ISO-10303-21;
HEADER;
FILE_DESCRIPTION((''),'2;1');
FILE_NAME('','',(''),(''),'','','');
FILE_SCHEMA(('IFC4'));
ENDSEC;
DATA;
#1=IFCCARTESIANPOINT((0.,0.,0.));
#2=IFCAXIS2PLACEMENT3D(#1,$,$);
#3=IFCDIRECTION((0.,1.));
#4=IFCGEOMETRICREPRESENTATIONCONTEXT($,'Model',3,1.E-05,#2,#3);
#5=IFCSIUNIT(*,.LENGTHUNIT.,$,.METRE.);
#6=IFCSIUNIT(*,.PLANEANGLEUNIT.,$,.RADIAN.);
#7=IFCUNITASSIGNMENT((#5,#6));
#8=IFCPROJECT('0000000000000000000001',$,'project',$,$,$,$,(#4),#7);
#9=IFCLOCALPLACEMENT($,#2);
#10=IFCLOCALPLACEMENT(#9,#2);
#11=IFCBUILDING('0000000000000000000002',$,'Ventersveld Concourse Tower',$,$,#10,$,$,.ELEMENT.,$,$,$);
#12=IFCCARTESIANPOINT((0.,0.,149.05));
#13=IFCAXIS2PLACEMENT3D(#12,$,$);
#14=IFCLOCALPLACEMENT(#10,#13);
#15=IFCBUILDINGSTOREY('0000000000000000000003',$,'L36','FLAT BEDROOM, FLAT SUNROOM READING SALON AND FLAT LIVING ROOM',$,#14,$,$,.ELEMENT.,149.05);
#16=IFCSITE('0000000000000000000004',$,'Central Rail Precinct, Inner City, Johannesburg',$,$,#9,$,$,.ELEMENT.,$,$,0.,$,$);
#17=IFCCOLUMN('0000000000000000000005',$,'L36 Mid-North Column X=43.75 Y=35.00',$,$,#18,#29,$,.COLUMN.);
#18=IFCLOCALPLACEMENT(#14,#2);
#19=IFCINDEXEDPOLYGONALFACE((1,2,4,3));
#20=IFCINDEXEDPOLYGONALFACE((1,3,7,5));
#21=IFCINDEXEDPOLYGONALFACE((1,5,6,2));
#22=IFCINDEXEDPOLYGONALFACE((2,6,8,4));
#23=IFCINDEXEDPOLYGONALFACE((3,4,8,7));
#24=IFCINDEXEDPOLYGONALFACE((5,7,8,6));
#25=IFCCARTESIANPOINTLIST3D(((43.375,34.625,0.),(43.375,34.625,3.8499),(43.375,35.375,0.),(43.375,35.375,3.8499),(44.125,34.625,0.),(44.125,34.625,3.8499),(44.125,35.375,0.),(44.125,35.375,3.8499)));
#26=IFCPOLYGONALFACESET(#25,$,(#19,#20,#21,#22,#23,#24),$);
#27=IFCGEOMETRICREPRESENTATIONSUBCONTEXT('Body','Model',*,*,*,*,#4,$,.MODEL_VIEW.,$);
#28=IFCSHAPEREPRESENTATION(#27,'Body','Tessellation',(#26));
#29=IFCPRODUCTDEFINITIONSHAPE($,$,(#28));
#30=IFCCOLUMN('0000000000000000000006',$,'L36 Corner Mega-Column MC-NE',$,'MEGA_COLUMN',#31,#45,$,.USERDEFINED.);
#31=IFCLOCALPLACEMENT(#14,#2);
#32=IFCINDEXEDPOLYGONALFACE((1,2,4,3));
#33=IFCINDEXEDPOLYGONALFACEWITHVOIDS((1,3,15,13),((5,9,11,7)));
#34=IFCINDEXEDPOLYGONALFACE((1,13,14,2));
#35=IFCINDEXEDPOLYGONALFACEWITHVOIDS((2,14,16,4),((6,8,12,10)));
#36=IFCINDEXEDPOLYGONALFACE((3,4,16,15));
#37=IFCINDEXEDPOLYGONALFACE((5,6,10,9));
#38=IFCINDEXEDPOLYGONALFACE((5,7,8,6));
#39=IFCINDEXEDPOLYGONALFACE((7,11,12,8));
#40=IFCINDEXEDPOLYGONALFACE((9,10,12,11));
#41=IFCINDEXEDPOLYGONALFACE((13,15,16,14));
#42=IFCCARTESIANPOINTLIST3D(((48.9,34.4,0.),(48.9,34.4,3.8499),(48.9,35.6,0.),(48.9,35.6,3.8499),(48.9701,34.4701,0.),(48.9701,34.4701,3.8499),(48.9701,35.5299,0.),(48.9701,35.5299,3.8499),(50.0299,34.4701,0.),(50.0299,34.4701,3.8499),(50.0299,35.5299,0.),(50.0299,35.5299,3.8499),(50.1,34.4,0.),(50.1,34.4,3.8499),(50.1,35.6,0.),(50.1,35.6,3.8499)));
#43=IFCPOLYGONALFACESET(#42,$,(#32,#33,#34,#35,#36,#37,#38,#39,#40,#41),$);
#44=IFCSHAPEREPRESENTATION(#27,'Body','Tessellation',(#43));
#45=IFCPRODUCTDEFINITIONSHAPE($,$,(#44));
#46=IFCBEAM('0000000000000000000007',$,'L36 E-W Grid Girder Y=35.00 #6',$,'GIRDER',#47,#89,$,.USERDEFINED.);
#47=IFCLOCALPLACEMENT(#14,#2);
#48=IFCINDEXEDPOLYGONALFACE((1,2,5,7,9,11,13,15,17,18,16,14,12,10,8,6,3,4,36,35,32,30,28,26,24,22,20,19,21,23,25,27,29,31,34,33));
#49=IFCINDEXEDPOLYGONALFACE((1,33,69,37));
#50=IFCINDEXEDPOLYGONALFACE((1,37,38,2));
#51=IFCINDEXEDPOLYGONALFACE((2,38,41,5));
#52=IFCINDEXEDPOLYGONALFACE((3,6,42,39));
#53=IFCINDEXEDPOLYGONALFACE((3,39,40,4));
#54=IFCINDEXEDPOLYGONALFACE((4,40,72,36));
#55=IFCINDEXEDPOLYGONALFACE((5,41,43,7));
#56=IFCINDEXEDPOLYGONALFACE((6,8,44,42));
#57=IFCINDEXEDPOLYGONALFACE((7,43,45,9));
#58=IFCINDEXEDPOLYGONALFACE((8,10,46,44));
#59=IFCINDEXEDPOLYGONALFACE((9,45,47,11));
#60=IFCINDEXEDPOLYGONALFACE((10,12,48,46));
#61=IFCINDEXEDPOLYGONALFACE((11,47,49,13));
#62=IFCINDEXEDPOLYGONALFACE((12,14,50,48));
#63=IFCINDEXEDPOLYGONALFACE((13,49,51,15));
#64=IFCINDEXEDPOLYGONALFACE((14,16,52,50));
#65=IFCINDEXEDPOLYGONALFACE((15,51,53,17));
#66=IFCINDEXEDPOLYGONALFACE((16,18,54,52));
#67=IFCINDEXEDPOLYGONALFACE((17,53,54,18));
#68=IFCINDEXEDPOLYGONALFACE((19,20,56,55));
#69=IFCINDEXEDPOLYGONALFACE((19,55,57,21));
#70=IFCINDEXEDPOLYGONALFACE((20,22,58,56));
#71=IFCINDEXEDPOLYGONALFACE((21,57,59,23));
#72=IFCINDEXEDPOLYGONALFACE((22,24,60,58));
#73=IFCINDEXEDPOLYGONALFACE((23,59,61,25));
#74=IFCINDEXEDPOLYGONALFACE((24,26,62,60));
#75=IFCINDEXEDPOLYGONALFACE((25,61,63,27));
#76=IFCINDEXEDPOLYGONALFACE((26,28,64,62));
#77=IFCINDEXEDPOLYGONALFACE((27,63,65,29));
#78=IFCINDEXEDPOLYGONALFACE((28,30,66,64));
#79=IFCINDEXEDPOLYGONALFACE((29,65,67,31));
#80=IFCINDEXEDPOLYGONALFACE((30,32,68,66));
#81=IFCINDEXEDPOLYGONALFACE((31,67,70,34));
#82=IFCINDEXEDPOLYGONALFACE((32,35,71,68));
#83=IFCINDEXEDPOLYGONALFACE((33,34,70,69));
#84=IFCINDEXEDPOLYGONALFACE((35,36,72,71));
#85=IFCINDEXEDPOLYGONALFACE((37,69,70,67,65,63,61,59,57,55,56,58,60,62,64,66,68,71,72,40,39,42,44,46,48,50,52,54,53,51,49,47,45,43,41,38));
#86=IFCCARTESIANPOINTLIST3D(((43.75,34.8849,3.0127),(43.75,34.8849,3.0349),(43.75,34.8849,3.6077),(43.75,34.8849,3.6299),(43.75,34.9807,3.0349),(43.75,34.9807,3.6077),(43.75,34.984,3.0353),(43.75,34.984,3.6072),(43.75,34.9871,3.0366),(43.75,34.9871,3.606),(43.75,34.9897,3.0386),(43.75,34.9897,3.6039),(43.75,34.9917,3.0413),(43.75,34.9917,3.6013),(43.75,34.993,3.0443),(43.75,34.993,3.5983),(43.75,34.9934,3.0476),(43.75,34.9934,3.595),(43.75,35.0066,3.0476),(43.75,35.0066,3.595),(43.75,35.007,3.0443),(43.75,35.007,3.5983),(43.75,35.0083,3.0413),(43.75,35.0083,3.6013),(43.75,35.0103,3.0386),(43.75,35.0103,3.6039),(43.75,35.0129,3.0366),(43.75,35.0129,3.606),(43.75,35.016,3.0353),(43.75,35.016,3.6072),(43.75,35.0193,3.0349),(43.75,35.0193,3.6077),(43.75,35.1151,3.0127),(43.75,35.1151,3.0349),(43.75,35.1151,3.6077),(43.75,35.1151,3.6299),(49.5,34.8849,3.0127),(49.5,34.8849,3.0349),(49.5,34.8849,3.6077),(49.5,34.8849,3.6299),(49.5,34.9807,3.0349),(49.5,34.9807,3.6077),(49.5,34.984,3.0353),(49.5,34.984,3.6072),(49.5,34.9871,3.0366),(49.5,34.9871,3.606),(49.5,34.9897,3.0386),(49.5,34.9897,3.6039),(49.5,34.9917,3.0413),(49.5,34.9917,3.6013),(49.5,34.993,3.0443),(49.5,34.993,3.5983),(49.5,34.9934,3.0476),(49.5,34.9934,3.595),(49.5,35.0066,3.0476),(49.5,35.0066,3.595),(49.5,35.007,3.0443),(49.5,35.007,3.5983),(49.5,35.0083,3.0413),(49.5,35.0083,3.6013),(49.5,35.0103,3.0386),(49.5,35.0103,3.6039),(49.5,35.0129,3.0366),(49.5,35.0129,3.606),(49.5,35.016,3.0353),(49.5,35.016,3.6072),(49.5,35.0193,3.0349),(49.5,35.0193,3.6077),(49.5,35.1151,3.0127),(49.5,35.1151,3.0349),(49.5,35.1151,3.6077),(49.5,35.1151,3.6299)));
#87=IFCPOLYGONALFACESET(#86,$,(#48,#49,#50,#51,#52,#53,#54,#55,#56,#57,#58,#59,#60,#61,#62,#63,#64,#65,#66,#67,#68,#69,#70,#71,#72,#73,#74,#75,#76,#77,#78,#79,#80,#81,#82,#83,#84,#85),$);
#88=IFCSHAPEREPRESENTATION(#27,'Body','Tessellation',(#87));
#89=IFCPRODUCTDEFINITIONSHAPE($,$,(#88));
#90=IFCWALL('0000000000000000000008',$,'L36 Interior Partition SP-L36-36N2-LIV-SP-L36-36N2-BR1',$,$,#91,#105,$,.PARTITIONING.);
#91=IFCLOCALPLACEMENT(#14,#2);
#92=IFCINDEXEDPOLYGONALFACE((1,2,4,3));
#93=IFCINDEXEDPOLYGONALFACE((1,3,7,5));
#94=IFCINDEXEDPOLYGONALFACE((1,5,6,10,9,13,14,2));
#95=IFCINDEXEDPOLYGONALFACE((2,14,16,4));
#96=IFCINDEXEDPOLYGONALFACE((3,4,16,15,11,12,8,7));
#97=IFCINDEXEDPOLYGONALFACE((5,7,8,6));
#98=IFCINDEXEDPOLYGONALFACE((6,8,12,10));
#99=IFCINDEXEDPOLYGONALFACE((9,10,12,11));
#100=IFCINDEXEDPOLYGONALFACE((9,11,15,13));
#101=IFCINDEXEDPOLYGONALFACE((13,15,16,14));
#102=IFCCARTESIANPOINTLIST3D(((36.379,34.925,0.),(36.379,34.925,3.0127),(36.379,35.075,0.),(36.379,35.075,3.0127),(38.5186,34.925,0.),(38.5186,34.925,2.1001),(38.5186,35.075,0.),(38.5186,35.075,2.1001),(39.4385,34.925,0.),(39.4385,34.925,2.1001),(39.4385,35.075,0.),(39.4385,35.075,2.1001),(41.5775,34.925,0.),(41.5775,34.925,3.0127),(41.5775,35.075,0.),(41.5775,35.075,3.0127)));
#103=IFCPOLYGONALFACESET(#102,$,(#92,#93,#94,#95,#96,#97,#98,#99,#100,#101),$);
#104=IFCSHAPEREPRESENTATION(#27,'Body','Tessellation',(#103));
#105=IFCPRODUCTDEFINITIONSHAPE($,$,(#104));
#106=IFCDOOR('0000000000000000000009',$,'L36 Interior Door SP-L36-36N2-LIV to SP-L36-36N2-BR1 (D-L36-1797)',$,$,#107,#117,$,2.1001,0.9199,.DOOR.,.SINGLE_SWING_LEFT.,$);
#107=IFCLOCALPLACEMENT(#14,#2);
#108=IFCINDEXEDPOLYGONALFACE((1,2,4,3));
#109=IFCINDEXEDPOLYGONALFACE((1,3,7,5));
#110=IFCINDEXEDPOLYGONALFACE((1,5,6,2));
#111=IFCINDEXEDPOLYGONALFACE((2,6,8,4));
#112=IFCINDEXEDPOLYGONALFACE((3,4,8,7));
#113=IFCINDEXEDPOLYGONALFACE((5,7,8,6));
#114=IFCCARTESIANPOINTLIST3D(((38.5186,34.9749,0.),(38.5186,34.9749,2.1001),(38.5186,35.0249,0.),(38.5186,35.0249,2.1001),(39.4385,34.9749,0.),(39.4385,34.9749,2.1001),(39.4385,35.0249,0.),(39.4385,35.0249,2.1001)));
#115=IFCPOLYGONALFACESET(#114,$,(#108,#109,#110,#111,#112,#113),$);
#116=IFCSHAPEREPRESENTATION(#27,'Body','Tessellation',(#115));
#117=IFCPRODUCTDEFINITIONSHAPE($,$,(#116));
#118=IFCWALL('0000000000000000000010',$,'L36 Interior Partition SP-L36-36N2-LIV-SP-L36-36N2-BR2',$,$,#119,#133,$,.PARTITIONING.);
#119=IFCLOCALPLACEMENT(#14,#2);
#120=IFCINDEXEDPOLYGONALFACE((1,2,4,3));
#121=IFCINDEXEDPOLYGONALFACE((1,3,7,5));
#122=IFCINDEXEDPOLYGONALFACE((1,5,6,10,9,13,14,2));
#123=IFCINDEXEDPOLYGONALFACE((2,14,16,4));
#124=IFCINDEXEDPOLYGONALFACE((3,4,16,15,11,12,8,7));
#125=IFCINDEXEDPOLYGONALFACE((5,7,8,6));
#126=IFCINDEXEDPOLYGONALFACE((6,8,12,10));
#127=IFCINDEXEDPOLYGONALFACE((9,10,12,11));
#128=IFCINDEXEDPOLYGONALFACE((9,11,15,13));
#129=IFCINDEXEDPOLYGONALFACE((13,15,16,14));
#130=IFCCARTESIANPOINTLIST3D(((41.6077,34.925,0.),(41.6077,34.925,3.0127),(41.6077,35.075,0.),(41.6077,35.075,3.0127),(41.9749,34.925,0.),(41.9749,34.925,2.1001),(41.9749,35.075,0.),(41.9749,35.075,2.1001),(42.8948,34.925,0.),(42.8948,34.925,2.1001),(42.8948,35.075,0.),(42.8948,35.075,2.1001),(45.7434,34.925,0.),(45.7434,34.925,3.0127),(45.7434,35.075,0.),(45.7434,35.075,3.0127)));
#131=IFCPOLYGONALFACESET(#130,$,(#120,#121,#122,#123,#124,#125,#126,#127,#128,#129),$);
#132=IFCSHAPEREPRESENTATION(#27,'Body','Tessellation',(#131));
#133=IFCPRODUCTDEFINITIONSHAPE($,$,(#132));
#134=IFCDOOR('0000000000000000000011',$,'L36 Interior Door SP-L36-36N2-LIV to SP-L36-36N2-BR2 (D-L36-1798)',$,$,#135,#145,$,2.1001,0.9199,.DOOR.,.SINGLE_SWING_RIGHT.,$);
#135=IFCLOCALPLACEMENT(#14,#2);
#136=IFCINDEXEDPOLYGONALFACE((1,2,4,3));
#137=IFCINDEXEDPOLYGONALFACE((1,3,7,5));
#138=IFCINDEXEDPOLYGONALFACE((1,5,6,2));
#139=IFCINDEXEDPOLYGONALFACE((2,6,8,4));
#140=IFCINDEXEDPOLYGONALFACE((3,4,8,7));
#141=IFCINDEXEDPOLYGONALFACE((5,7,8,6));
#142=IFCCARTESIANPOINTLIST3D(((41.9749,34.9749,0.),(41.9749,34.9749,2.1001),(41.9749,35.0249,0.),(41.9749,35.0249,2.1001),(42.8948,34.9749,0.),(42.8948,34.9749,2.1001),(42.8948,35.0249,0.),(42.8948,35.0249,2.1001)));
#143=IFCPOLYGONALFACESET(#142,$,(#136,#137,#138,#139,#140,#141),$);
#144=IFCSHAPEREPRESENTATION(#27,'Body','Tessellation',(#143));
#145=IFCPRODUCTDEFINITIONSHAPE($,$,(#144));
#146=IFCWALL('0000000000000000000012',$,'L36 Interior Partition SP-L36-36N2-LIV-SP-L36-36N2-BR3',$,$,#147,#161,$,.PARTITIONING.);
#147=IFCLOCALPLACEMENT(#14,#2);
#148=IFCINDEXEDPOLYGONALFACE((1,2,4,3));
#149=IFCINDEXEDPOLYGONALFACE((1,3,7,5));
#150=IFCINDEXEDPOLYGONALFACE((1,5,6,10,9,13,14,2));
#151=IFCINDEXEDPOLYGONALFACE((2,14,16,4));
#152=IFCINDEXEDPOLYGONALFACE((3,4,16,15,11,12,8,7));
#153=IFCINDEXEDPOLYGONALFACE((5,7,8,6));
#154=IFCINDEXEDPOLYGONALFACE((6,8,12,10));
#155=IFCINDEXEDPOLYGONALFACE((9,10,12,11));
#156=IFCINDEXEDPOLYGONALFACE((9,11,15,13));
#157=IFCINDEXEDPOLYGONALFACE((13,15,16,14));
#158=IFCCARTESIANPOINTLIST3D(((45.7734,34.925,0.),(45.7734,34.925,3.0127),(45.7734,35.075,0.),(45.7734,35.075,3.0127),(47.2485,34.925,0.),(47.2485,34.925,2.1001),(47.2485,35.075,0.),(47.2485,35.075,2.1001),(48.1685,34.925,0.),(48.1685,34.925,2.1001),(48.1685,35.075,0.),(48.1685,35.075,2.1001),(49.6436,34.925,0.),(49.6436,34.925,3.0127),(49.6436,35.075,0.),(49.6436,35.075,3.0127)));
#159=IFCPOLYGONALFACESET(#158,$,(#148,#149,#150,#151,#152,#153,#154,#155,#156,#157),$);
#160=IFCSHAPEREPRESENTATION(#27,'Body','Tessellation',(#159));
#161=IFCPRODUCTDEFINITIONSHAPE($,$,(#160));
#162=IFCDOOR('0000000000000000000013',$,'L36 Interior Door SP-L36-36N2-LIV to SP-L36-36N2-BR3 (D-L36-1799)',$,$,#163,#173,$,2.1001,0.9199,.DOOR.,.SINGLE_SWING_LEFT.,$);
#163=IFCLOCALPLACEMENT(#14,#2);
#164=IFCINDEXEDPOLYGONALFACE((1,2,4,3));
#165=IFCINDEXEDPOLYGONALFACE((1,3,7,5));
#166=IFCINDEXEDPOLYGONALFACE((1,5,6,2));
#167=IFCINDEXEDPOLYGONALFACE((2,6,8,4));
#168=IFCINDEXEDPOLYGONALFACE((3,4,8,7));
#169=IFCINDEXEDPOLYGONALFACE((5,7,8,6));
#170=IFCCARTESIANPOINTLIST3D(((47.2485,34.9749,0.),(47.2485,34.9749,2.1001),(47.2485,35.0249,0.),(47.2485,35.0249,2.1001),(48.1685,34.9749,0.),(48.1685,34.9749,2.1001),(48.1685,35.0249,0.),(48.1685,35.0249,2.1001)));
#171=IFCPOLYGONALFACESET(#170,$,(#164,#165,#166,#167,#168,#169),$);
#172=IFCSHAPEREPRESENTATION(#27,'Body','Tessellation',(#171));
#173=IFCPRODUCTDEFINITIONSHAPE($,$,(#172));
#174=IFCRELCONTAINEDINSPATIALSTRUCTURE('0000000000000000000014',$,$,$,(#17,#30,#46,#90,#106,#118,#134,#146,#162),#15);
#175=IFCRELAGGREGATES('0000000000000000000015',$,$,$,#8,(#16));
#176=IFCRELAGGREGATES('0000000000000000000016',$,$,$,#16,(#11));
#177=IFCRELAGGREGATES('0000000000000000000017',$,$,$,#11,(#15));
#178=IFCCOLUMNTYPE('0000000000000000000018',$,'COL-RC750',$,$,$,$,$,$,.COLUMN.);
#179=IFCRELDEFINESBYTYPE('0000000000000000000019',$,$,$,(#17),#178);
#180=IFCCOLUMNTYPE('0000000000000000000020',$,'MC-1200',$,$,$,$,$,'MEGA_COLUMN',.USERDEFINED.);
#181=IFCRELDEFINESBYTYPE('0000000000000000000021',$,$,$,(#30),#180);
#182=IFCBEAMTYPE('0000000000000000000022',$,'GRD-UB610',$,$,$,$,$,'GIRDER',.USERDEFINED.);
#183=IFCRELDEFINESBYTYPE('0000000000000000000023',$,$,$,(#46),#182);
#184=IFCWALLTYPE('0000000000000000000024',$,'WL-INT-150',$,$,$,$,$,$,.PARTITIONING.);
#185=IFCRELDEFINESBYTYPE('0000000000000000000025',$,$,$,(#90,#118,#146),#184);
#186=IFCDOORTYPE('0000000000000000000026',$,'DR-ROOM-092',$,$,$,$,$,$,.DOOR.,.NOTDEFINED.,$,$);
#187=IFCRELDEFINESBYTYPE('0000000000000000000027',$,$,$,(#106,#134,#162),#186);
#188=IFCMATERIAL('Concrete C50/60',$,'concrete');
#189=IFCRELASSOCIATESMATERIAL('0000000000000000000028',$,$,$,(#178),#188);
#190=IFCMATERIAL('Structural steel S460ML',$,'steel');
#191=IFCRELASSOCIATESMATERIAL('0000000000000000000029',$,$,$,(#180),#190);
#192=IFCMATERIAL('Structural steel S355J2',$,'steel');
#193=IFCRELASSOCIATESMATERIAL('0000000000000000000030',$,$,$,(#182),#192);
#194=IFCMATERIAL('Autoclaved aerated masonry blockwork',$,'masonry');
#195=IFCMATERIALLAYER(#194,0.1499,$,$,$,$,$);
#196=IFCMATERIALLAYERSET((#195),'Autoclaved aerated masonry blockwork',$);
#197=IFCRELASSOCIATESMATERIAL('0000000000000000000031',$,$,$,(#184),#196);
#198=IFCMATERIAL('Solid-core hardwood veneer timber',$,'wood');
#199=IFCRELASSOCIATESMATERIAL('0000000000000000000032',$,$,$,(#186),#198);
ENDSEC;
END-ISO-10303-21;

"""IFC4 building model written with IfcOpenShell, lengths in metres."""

from ifc_helpers import new_model, si_unit, direction, frame, frame_2d, origin, origin_2d, place, context, subcontext, project, spatial, rectangle, hollow_rectangle, i_section, extrude, material, layer, layer_set, material_profile, profile_set, type_object, element, fill, save


model = new_model("IFC4")

# Units and contexts
model_context = context("Model", 3, precision=1e-05, world=origin(), true_north=direction((0.0, 1.0)))
body_context = subcontext(model_context, "Body", "Model", "MODEL_VIEW")
ifc_project = project(units=[si_unit("LENGTHUNIT", "METRE"), si_unit("PLANEANGLEUNIT", "RADIAN")], contexts=[model_context])

# Site, building, storey
site_placement = place(None, origin())
site = spatial("IfcSite", under=ifc_project, at=site_placement, Name="Central Rail Precinct, Inner City, Johannesburg", CompositionType="ELEMENT", RefElevation=0.0)
building_placement = place(site_placement, origin())
building = spatial("IfcBuilding", under=site, at=building_placement, Name="Ventersveld Concourse Tower", CompositionType="ELEMENT")
storey_placement = place(building_placement, frame((0.0, 0.0, 149.05)))
storey = spatial("IfcBuildingStorey", under=building, at=storey_placement, Name="L36", Description="FLAT BEDROOM, FLAT SUNROOM READING SALON AND FLAT LIVING ROOM", CompositionType="ELEMENT", Elevation=149.05)

# Columns
ifc_material_1 = material(Name="Concrete C50/60", Category="concrete")
ifc_material_profile_1 = material_profile(ifc_material_1, rectangle(XDim=0.75, YDim=0.75, at=origin_2d()), Name="RC 750x750")
ifc_profile_set_1 = profile_set([ifc_material_profile_1], Name="Concrete C50/60")
column_type_1 = type_object("IfcColumnType", Name="COL-RC750", PredefinedType="COLUMN", material=ifc_profile_set_1)
column_1_placement = place(storey_placement, frame((43.75, 35.0, 0.0), z_axis=(0.0, 0.0, 1.0), x_axis=(1.0, 0.0, 0.0)))
element("IfcColumn", 1, at=column_1_placement, inside=storey, type_object=column_type_1, Name="L36 Mid-North Column X=43.75 Y=35.00", PredefinedType="COLUMN", context=body_context, shape_type="SweptSolid", body=[
    extrude(rectangle(XDim=0.75, YDim=0.75, at=origin_2d()), origin(), (0.0, 0.0, 1.0), 3.8499),
])
ifc_material_2 = material(Name="Structural steel S460ML", Category="steel")
ifc_material_profile_2 = material_profile(ifc_material_2, hollow_rectangle(XDim=1.2, YDim=1.2, WallThickness=0.0701, at=origin_2d()), Name="BOX 1200x1200x70")
ifc_profile_set_2 = profile_set([ifc_material_profile_2], Name="Structural steel S460ML")
column_type_2 = type_object("IfcColumnType", Name="MC-1200", ElementType="MEGA_COLUMN", PredefinedType="USERDEFINED", material=ifc_profile_set_2)
column_2_placement = place(storey_placement, frame((49.5, 35.0, 0.0), z_axis=(0.0, 0.0, 1.0), x_axis=(1.0, 0.0, 0.0)))
element("IfcColumn", 2, at=column_2_placement, inside=storey, type_object=column_type_2, Name="L36 Corner Mega-Column MC-NE", ObjectType="MEGA_COLUMN", PredefinedType="USERDEFINED", context=body_context, shape_type="SweptSolid", body=[
    extrude(hollow_rectangle(XDim=1.2, YDim=1.2, WallThickness=0.0701, at=origin_2d()), origin(), (0.0, 0.0, 1.0), 3.8499),
])

# Beam
ifc_material_3 = material(Name="Structural steel S355J2", Category="steel")
ifc_material_profile_3 = material_profile(ifc_material_3, i_section(OverallWidth=0.2302, OverallDepth=0.6172, WebThickness=0.0132, FlangeThickness=0.0222, FilletRadius=0.0127, at=origin_2d()), Name="UB 610x229x140")
ifc_profile_set_3 = profile_set([ifc_material_profile_3], Name="Structural steel S355J2")
beam_type = type_object("IfcBeamType", Name="GRD-UB610", ElementType="GIRDER", PredefinedType="USERDEFINED", material=ifc_profile_set_3)
beam_placement = place(storey_placement, frame((43.75, 35.0, 3.3213), z_axis=(1.0, 0.0, 0.0), x_axis=(0.0, 1.0, 0.0)))
element("IfcBeam", 3, at=beam_placement, inside=storey, type_object=beam_type, Name="L36 E-W Grid Girder Y=35.00 #6", ObjectType="GIRDER", PredefinedType="USERDEFINED", context=body_context, shape_type="SweptSolid", body=[
    extrude(i_section(OverallWidth=0.2302, OverallDepth=0.6172, WebThickness=0.0132, FlangeThickness=0.0222, FilletRadius=0.0127, at=origin_2d()), origin(), (0.0, 0.0, 1.0), 5.75),
])

# Walls, openings, doors
ifc_material_4 = material(Name="Autoclaved aerated masonry blockwork", Category="masonry")
ifc_layer_1 = layer(ifc_material_4, 0.1499)
ifc_layer_set_1 = layer_set([ifc_layer_1], Name="Autoclaved aerated masonry blockwork")
wall_type_1 = type_object("IfcWallType", Name="WL-INT-150", PredefinedType="PARTITIONING", material=ifc_layer_set_1)
wall_1_placement = place(storey_placement, frame((36.3792, 35.0, 0.0), z_axis=(0.0, 0.0, 1.0), x_axis=(1.0, 0.0, 0.0)))
wall_1 = element("IfcWall", 4, at=wall_1_placement, inside=storey, type_object=wall_type_1, Name="L36 Interior Partition SP-L36-36N2-LIV-SP-L36-36N2-BR1", PredefinedType="PARTITIONING", context=body_context, shape_type="SweptSolid", body=[
    extrude(rectangle(XDim=5.1985, YDim=0.1499, at=frame_2d((2.5991, 0.0))), origin(), (0.0, 0.0, 1.0), 3.0127),
])
opening_1_placement = place(wall_1_placement, frame((2.1394, 0.0, 0.0)))
opening_1 = element("IfcOpeningElement", 5, at=opening_1_placement, cuts=wall_1, PredefinedType="OPENING", context=body_context, shape_type="SweptSolid", body=[
    extrude(rectangle(XDim=0.9199, YDim=2.1001, at=frame_2d((0.46, 1.05))), frame((0.0, 0.085, 0.0), z_axis=(0.0, -1.0, 0.0), x_axis=(1.0, 0.0, 0.0)), (0.0, 0.0, 1.0), 0.1699),
])
ifc_material_5 = material(Name="Solid-core hardwood veneer timber", Category="wood")
door_type = type_object("IfcDoorType", Name="DR-ROOM-092", OperationType="NOTDEFINED", PredefinedType="DOOR", material=ifc_material_5)
door_1_placement = place(opening_1_placement, origin())
door_1 = element("IfcDoor", 6, at=door_1_placement, inside=storey, type_object=door_type, Name="L36 Interior Door SP-L36-36N2-LIV to SP-L36-36N2-BR1 (D-L36-1797)", OperationType="SINGLE_SWING_LEFT", OverallHeight=2.1001, OverallWidth=0.9199, PredefinedType="DOOR", context=body_context, shape_type="SweptSolid", body=[
    extrude(rectangle(XDim=0.9199, YDim=2.1001, at=frame_2d((0.46, 1.05))), frame((0.0, 0.0249, 0.0), z_axis=(0.0, -1.0, 0.0), x_axis=(1.0, 0.0, 0.0)), (0.0, 0.0, 1.0), 0.05),
])
fill(opening_1, door_1)
wall_2_placement = place(storey_placement, frame((41.6077, 35.0, 0.0), z_axis=(0.0, 0.0, 1.0), x_axis=(1.0, 0.0, 0.0)))
wall_2 = element("IfcWall", 7, at=wall_2_placement, inside=storey, type_object=wall_type_1, Name="L36 Interior Partition SP-L36-36N2-LIV-SP-L36-36N2-BR2", PredefinedType="PARTITIONING", context=body_context, shape_type="SweptSolid", body=[
    extrude(rectangle(XDim=4.1357, YDim=0.1499, at=frame_2d((2.0679, 0.0))), origin(), (0.0, 0.0, 1.0), 3.0127),
])
opening_2_placement = place(wall_2_placement, frame((0.3672, 0.0, 0.0)))
opening_2 = element("IfcOpeningElement", 8, at=opening_2_placement, cuts=wall_2, PredefinedType="OPENING", context=body_context, shape_type="SweptSolid", body=[
    extrude(rectangle(XDim=0.9199, YDim=2.1001, at=frame_2d((0.46, 1.05))), frame((0.0, 0.085, 0.0), z_axis=(0.0, -1.0, 0.0), x_axis=(1.0, 0.0, 0.0)), (0.0, 0.0, 1.0), 0.1699),
])
door_2_placement = place(opening_2_placement, origin())
door_2 = element("IfcDoor", 9, at=door_2_placement, inside=storey, type_object=door_type, Name="L36 Interior Door SP-L36-36N2-LIV to SP-L36-36N2-BR2 (D-L36-1798)", OperationType="SINGLE_SWING_RIGHT", OverallHeight=2.1001, OverallWidth=0.9199, PredefinedType="DOOR", context=body_context, shape_type="SweptSolid", body=[
    extrude(rectangle(XDim=0.9199, YDim=2.1001, at=frame_2d((0.46, 1.05))), frame((0.0, 0.0249, 0.0), z_axis=(0.0, -1.0, 0.0), x_axis=(1.0, 0.0, 0.0)), (0.0, 0.0, 1.0), 0.05),
])
fill(opening_2, door_2)
wall_3_placement = place(storey_placement, frame((45.7734, 35.0, 0.0), z_axis=(0.0, 0.0, 1.0), x_axis=(1.0, 0.0, 0.0)))
wall_3 = element("IfcWall", 10, at=wall_3_placement, inside=storey, type_object=wall_type_1, Name="L36 Interior Partition SP-L36-36N2-LIV-SP-L36-36N2-BR3", PredefinedType="PARTITIONING", context=body_context, shape_type="SweptSolid", body=[
    extrude(rectangle(XDim=3.8701, YDim=0.1499, at=frame_2d((1.9351, 0.0))), origin(), (0.0, 0.0, 1.0), 3.0127),
])
opening_3_placement = place(wall_3_placement, frame((1.4751, 0.0, 0.0)))
opening_3 = element("IfcOpeningElement", 11, at=opening_3_placement, cuts=wall_3, PredefinedType="OPENING", context=body_context, shape_type="SweptSolid", body=[
    extrude(rectangle(XDim=0.9199, YDim=2.1001, at=frame_2d((0.46, 1.05))), frame((0.0, 0.085, 0.0), z_axis=(0.0, -1.0, 0.0), x_axis=(1.0, 0.0, 0.0)), (0.0, 0.0, 1.0), 0.1699),
])
door_3_placement = place(opening_3_placement, origin())
door_3 = element("IfcDoor", 12, at=door_3_placement, inside=storey, type_object=door_type, Name="L36 Interior Door SP-L36-36N2-LIV to SP-L36-36N2-BR3 (D-L36-1799)", OperationType="SINGLE_SWING_LEFT", OverallHeight=2.1001, OverallWidth=0.9199, PredefinedType="DOOR", context=body_context, shape_type="SweptSolid", body=[
    extrude(rectangle(XDim=0.9199, YDim=2.1001, at=frame_2d((0.46, 1.05))), frame((0.0, 0.0249, 0.0), z_axis=(0.0, -1.0, 0.0), x_axis=(1.0, 0.0, 0.0)), (0.0, 0.0, 1.0), 0.05),
])
fill(opening_3, door_3)

save(model, "model.ifc")
